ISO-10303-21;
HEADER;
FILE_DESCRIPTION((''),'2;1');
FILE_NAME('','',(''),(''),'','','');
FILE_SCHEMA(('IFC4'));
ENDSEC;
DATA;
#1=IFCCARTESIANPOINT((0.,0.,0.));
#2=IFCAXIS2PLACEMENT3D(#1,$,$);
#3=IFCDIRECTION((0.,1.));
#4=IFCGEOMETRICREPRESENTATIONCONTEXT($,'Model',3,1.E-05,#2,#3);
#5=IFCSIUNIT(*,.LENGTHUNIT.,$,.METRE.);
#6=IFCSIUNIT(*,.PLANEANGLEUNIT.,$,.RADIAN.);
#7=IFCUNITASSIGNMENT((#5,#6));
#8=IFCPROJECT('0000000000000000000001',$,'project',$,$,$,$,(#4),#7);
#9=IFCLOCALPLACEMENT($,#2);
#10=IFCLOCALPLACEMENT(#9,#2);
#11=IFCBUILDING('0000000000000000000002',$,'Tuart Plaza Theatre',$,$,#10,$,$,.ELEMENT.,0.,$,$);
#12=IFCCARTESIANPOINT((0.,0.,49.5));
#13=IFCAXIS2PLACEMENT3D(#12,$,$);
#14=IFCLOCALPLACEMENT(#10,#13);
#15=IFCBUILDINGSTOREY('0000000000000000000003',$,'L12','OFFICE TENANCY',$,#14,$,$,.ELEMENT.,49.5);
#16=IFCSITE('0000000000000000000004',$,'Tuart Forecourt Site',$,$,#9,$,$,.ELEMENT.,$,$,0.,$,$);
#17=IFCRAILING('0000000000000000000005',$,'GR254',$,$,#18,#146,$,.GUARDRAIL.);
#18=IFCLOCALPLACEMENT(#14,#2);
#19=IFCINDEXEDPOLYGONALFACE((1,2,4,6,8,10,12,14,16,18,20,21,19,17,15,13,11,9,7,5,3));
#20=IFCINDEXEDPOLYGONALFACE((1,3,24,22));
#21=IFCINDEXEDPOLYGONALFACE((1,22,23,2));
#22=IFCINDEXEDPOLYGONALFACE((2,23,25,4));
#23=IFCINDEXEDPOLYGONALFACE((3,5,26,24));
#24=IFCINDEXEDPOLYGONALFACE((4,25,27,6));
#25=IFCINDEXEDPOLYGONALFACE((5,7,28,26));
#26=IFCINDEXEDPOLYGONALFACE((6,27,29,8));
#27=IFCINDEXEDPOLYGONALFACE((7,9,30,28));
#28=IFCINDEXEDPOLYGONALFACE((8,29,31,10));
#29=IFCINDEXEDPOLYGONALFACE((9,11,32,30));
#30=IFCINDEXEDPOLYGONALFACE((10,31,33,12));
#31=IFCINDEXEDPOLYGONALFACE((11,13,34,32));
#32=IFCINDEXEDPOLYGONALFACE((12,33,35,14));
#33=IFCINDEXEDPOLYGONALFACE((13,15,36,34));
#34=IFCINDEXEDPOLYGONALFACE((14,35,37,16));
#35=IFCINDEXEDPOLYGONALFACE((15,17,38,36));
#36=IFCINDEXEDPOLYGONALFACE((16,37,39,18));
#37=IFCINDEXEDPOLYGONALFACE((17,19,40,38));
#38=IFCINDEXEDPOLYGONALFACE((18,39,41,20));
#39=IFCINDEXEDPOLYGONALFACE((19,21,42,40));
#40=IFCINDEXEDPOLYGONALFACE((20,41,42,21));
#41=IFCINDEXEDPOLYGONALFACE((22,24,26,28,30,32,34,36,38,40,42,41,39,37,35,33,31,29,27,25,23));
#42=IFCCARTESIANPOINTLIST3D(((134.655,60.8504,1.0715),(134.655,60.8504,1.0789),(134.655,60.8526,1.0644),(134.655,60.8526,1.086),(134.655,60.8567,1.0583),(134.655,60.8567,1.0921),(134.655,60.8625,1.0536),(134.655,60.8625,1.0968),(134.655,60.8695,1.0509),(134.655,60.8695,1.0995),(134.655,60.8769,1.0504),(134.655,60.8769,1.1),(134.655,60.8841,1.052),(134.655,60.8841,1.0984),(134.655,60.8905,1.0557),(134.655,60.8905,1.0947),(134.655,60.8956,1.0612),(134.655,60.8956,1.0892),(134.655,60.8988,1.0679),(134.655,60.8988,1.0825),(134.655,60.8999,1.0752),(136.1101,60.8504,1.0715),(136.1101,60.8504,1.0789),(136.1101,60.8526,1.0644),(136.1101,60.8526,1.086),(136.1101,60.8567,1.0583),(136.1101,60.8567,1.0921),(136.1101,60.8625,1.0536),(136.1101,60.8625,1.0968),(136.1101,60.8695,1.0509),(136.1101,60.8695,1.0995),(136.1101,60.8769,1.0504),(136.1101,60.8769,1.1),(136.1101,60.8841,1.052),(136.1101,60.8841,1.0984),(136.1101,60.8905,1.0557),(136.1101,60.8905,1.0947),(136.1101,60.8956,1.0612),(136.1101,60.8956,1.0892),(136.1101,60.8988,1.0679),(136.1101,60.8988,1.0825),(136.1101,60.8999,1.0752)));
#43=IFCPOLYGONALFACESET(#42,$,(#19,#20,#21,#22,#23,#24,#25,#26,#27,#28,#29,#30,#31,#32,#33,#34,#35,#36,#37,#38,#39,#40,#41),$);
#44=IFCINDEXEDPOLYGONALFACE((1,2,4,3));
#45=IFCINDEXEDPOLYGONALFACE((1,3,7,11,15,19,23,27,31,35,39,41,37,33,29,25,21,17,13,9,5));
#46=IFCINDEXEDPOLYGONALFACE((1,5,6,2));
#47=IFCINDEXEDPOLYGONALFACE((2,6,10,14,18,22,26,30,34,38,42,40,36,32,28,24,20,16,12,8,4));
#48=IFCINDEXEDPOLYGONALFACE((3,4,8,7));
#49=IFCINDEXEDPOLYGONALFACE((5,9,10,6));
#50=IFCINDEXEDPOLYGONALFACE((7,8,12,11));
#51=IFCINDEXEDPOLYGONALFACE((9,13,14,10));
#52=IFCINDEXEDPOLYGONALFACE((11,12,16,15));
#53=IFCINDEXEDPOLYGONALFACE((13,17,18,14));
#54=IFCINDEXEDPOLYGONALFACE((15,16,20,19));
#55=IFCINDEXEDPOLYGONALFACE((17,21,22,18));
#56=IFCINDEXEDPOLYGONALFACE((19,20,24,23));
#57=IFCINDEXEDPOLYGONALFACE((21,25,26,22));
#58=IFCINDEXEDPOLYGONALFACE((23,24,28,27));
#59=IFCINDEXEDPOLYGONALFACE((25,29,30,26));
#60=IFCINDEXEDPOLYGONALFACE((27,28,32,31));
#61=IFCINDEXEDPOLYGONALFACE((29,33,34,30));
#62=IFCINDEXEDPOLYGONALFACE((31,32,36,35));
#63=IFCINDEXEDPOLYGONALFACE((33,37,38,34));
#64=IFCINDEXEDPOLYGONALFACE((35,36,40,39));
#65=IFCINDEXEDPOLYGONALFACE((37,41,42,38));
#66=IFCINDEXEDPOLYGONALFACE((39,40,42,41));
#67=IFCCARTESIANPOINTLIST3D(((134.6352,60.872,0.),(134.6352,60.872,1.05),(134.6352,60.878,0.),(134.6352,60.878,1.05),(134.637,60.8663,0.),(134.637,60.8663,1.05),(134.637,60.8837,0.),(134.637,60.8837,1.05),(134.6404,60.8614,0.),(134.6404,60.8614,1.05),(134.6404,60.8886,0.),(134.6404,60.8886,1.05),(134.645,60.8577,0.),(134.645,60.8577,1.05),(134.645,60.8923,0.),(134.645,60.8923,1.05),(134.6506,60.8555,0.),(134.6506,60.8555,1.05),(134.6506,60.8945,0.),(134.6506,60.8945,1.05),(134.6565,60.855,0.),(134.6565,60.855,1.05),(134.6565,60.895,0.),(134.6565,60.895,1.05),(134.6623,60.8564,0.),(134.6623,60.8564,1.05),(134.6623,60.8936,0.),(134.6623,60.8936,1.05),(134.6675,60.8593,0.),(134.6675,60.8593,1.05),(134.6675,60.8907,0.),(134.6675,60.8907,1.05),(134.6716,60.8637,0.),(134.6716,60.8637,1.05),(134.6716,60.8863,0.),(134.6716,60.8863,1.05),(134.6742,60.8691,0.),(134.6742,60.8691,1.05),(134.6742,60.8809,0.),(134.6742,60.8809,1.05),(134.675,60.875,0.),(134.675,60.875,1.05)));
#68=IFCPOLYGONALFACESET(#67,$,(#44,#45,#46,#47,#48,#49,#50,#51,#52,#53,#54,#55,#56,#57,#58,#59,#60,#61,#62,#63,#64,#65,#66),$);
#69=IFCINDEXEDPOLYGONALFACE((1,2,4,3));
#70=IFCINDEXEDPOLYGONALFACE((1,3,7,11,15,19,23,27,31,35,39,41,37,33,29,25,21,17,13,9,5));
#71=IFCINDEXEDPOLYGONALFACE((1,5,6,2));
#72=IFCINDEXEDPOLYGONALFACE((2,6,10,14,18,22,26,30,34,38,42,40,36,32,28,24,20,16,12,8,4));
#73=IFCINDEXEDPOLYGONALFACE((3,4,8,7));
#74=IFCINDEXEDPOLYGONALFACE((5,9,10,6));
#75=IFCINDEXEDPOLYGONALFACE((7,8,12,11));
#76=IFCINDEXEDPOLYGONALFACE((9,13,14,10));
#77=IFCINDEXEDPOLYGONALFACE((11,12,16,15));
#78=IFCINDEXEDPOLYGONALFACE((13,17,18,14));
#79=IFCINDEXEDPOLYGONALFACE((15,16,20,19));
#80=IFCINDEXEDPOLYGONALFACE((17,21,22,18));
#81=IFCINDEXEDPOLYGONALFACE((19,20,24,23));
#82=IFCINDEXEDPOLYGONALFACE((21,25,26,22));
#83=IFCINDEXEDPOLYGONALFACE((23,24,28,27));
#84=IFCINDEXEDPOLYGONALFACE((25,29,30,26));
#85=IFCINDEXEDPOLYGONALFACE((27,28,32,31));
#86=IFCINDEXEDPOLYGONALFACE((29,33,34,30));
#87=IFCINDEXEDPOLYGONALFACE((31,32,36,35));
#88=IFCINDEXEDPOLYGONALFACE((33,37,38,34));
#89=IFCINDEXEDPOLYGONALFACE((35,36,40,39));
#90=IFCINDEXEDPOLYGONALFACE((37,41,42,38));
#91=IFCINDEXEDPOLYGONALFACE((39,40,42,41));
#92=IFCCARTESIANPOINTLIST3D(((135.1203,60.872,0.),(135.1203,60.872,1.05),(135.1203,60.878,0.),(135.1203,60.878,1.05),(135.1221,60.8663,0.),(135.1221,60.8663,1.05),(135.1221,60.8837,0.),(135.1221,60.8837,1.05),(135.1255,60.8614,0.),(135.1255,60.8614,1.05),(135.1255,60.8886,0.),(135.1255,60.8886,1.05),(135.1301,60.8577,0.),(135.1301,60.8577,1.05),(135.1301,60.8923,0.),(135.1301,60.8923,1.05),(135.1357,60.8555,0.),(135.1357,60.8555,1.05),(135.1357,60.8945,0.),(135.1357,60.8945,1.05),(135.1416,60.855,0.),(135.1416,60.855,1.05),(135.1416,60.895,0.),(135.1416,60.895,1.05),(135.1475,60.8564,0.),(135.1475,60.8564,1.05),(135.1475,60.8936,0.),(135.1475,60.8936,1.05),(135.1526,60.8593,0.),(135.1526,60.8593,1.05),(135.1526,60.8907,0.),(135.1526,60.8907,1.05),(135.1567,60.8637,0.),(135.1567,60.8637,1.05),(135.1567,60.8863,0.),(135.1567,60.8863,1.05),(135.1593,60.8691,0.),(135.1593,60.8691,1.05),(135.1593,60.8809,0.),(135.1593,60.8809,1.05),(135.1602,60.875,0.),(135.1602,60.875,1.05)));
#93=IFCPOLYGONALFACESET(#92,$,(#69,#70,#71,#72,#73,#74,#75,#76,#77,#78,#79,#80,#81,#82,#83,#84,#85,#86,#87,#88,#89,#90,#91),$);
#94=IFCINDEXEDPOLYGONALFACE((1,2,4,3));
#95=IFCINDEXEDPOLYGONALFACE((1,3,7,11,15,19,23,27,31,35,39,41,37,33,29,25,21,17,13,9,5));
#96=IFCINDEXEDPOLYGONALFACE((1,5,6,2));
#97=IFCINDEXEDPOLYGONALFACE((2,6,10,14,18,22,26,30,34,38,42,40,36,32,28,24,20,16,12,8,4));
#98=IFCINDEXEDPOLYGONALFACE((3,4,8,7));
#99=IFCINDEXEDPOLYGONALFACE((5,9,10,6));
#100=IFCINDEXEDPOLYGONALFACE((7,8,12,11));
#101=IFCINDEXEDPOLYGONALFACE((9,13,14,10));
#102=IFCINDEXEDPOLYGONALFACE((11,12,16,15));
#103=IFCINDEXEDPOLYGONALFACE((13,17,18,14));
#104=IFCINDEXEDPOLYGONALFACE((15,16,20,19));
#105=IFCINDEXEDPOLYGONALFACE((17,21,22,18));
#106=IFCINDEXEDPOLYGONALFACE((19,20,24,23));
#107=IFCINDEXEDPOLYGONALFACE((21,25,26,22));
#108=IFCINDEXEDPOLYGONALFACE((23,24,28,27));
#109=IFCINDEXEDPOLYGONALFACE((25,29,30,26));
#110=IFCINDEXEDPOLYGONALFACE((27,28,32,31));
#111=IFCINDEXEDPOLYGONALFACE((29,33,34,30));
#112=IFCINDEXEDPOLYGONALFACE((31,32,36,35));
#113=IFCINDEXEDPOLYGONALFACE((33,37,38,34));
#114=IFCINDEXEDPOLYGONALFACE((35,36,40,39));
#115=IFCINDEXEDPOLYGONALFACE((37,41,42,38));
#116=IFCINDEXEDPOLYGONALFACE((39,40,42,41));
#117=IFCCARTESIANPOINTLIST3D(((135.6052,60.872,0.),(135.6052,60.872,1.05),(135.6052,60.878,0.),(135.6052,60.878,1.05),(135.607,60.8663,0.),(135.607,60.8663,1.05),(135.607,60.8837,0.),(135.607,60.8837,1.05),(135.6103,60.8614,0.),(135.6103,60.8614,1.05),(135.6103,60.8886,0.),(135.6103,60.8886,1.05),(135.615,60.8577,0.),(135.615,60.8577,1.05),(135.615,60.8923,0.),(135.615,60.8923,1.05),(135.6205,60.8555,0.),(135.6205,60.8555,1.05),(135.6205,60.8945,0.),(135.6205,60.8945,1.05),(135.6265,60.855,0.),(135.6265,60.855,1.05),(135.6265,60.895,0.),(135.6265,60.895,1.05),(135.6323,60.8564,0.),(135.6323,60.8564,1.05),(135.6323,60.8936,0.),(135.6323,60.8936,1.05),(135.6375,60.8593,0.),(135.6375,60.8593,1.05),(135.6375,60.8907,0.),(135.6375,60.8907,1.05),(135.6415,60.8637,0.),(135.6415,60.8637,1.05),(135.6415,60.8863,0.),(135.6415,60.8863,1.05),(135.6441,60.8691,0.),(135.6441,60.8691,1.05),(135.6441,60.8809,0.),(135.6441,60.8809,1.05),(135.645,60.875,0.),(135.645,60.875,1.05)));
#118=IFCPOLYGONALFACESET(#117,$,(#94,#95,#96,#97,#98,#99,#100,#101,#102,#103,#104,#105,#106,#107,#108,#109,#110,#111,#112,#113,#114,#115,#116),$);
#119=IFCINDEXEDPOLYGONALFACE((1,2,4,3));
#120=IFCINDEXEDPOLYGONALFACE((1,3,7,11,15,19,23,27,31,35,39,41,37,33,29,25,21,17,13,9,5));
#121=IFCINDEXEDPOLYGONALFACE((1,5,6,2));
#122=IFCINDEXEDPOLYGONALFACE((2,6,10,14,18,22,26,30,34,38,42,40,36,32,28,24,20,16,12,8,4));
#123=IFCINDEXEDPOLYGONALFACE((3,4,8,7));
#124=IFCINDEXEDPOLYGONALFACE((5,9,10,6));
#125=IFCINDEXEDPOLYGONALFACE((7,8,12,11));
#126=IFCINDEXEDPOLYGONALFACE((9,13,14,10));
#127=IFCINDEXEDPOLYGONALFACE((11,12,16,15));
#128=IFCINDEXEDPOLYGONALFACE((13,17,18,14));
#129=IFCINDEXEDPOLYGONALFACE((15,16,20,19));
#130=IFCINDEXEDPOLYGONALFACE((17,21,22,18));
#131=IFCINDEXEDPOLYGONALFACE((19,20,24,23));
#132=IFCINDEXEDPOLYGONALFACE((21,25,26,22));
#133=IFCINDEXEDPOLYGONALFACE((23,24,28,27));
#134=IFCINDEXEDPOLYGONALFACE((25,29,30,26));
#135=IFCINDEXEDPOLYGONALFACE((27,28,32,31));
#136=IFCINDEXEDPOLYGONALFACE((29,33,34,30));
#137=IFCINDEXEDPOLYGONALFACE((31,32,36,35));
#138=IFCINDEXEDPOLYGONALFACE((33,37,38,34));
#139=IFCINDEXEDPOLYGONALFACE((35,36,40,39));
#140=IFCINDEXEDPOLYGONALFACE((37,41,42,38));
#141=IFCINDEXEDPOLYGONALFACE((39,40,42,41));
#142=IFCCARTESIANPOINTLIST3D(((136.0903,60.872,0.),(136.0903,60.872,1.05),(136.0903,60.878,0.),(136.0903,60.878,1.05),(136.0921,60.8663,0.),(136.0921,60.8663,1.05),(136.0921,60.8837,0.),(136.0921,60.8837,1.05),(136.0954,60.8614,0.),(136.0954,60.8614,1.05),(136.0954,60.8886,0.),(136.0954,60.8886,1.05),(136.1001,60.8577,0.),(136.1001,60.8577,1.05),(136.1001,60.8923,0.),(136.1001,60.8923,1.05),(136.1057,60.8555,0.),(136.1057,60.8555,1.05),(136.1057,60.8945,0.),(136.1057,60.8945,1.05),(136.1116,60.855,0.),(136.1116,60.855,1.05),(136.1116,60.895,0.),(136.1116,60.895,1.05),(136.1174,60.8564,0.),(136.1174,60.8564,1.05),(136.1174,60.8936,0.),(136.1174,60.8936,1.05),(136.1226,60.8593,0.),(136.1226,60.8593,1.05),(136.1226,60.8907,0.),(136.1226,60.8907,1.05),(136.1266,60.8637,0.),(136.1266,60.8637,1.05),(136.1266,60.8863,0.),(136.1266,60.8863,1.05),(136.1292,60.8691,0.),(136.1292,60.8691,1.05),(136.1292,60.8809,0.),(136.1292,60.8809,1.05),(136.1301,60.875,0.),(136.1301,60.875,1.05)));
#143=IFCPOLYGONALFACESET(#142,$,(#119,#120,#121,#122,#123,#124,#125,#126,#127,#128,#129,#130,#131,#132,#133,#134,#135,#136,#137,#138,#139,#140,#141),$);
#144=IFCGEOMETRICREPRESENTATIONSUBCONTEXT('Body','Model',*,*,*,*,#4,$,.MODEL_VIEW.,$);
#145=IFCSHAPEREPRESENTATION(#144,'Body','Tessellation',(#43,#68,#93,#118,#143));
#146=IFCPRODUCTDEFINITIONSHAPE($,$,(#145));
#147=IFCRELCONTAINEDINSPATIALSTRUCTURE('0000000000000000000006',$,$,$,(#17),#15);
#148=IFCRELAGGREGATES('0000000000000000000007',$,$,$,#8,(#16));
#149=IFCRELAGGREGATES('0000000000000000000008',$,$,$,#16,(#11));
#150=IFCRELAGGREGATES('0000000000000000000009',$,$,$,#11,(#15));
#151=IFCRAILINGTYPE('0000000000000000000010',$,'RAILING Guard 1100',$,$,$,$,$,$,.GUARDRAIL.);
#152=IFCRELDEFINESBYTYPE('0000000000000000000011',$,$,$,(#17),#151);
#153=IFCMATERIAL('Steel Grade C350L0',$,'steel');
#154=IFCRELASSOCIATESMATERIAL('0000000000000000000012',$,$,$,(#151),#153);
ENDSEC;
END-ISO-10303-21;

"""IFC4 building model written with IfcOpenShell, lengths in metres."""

from ifc_helpers import new_model, si_unit, direction, frame, origin, origin_2d, place, context, subcontext, project, spatial, circle, extrude, material, type_object, element, save


model = new_model("IFC4")

# Units and contexts
model_context = context("Model", 3, precision=1e-05, world=origin(), true_north=direction((0.0, 1.0)))
body_context = subcontext(model_context, "Body", "Model", "MODEL_VIEW")
ifc_project = project(units=[si_unit("LENGTHUNIT", "METRE"), si_unit("PLANEANGLEUNIT", "RADIAN")], contexts=[model_context])

# Site, building, storey
site_placement = place(None, origin())
site = spatial("IfcSite", under=ifc_project, at=site_placement, Name="Tuart Forecourt Site", CompositionType="ELEMENT", RefElevation=0.0)
building_placement = place(site_placement, origin())
building = spatial("IfcBuilding", under=site, at=building_placement, Name="Tuart Plaza Theatre", CompositionType="ELEMENT", ElevationOfRefHeight=0.0)
storey_placement = place(building_placement, frame((0.0, 0.0, 49.5)))
storey = spatial("IfcBuildingStorey", under=building, at=storey_placement, Name="L12", Description="OFFICE TENANCY", CompositionType="ELEMENT", Elevation=49.5)

# Railing
ifc_material_1 = material(Name="Steel Grade C350L0", Category="steel")
railing_type_1 = type_object("IfcRailingType", Name="RAILING Guard 1100", PredefinedType="GUARDRAIL", material=ifc_material_1)
railing_1_placement = place(storey_placement, frame((134.655, 60.875, 0.0)))
element("IfcRailing", 1, at=railing_1_placement, inside=storey, type_object=railing_type_1, Name="GR254", PredefinedType="GUARDRAIL", context=body_context, shape_type="SweptSolid", body=[
    extrude(circle(Radius=0.0249, at=origin_2d()), frame((0.0, 0.0, 1.0752), z_axis=(1.0, 0.0, 0.0), x_axis=(0.0, 1.0, 0.0)), (0.0, 0.0, 1.0), 1.4551),
    extrude(circle(Radius=0.02, at=origin_2d()), origin(), (0.0, 0.0, 1.0), 1.05),
    extrude(circle(Radius=0.02, at=origin_2d()), frame((0.4851, 0.0, 0.0)), (0.0, 0.0, 1.0), 1.05),
    extrude(circle(Radius=0.02, at=origin_2d()), frame((0.97, 0.0, 0.0)), (0.0, 0.0, 1.0), 1.05),
    extrude(circle(Radius=0.02, at=origin_2d()), frame((1.4551, 0.0, 0.0)), (0.0, 0.0, 1.0), 1.05),
])

save(model, "model.ifc")
